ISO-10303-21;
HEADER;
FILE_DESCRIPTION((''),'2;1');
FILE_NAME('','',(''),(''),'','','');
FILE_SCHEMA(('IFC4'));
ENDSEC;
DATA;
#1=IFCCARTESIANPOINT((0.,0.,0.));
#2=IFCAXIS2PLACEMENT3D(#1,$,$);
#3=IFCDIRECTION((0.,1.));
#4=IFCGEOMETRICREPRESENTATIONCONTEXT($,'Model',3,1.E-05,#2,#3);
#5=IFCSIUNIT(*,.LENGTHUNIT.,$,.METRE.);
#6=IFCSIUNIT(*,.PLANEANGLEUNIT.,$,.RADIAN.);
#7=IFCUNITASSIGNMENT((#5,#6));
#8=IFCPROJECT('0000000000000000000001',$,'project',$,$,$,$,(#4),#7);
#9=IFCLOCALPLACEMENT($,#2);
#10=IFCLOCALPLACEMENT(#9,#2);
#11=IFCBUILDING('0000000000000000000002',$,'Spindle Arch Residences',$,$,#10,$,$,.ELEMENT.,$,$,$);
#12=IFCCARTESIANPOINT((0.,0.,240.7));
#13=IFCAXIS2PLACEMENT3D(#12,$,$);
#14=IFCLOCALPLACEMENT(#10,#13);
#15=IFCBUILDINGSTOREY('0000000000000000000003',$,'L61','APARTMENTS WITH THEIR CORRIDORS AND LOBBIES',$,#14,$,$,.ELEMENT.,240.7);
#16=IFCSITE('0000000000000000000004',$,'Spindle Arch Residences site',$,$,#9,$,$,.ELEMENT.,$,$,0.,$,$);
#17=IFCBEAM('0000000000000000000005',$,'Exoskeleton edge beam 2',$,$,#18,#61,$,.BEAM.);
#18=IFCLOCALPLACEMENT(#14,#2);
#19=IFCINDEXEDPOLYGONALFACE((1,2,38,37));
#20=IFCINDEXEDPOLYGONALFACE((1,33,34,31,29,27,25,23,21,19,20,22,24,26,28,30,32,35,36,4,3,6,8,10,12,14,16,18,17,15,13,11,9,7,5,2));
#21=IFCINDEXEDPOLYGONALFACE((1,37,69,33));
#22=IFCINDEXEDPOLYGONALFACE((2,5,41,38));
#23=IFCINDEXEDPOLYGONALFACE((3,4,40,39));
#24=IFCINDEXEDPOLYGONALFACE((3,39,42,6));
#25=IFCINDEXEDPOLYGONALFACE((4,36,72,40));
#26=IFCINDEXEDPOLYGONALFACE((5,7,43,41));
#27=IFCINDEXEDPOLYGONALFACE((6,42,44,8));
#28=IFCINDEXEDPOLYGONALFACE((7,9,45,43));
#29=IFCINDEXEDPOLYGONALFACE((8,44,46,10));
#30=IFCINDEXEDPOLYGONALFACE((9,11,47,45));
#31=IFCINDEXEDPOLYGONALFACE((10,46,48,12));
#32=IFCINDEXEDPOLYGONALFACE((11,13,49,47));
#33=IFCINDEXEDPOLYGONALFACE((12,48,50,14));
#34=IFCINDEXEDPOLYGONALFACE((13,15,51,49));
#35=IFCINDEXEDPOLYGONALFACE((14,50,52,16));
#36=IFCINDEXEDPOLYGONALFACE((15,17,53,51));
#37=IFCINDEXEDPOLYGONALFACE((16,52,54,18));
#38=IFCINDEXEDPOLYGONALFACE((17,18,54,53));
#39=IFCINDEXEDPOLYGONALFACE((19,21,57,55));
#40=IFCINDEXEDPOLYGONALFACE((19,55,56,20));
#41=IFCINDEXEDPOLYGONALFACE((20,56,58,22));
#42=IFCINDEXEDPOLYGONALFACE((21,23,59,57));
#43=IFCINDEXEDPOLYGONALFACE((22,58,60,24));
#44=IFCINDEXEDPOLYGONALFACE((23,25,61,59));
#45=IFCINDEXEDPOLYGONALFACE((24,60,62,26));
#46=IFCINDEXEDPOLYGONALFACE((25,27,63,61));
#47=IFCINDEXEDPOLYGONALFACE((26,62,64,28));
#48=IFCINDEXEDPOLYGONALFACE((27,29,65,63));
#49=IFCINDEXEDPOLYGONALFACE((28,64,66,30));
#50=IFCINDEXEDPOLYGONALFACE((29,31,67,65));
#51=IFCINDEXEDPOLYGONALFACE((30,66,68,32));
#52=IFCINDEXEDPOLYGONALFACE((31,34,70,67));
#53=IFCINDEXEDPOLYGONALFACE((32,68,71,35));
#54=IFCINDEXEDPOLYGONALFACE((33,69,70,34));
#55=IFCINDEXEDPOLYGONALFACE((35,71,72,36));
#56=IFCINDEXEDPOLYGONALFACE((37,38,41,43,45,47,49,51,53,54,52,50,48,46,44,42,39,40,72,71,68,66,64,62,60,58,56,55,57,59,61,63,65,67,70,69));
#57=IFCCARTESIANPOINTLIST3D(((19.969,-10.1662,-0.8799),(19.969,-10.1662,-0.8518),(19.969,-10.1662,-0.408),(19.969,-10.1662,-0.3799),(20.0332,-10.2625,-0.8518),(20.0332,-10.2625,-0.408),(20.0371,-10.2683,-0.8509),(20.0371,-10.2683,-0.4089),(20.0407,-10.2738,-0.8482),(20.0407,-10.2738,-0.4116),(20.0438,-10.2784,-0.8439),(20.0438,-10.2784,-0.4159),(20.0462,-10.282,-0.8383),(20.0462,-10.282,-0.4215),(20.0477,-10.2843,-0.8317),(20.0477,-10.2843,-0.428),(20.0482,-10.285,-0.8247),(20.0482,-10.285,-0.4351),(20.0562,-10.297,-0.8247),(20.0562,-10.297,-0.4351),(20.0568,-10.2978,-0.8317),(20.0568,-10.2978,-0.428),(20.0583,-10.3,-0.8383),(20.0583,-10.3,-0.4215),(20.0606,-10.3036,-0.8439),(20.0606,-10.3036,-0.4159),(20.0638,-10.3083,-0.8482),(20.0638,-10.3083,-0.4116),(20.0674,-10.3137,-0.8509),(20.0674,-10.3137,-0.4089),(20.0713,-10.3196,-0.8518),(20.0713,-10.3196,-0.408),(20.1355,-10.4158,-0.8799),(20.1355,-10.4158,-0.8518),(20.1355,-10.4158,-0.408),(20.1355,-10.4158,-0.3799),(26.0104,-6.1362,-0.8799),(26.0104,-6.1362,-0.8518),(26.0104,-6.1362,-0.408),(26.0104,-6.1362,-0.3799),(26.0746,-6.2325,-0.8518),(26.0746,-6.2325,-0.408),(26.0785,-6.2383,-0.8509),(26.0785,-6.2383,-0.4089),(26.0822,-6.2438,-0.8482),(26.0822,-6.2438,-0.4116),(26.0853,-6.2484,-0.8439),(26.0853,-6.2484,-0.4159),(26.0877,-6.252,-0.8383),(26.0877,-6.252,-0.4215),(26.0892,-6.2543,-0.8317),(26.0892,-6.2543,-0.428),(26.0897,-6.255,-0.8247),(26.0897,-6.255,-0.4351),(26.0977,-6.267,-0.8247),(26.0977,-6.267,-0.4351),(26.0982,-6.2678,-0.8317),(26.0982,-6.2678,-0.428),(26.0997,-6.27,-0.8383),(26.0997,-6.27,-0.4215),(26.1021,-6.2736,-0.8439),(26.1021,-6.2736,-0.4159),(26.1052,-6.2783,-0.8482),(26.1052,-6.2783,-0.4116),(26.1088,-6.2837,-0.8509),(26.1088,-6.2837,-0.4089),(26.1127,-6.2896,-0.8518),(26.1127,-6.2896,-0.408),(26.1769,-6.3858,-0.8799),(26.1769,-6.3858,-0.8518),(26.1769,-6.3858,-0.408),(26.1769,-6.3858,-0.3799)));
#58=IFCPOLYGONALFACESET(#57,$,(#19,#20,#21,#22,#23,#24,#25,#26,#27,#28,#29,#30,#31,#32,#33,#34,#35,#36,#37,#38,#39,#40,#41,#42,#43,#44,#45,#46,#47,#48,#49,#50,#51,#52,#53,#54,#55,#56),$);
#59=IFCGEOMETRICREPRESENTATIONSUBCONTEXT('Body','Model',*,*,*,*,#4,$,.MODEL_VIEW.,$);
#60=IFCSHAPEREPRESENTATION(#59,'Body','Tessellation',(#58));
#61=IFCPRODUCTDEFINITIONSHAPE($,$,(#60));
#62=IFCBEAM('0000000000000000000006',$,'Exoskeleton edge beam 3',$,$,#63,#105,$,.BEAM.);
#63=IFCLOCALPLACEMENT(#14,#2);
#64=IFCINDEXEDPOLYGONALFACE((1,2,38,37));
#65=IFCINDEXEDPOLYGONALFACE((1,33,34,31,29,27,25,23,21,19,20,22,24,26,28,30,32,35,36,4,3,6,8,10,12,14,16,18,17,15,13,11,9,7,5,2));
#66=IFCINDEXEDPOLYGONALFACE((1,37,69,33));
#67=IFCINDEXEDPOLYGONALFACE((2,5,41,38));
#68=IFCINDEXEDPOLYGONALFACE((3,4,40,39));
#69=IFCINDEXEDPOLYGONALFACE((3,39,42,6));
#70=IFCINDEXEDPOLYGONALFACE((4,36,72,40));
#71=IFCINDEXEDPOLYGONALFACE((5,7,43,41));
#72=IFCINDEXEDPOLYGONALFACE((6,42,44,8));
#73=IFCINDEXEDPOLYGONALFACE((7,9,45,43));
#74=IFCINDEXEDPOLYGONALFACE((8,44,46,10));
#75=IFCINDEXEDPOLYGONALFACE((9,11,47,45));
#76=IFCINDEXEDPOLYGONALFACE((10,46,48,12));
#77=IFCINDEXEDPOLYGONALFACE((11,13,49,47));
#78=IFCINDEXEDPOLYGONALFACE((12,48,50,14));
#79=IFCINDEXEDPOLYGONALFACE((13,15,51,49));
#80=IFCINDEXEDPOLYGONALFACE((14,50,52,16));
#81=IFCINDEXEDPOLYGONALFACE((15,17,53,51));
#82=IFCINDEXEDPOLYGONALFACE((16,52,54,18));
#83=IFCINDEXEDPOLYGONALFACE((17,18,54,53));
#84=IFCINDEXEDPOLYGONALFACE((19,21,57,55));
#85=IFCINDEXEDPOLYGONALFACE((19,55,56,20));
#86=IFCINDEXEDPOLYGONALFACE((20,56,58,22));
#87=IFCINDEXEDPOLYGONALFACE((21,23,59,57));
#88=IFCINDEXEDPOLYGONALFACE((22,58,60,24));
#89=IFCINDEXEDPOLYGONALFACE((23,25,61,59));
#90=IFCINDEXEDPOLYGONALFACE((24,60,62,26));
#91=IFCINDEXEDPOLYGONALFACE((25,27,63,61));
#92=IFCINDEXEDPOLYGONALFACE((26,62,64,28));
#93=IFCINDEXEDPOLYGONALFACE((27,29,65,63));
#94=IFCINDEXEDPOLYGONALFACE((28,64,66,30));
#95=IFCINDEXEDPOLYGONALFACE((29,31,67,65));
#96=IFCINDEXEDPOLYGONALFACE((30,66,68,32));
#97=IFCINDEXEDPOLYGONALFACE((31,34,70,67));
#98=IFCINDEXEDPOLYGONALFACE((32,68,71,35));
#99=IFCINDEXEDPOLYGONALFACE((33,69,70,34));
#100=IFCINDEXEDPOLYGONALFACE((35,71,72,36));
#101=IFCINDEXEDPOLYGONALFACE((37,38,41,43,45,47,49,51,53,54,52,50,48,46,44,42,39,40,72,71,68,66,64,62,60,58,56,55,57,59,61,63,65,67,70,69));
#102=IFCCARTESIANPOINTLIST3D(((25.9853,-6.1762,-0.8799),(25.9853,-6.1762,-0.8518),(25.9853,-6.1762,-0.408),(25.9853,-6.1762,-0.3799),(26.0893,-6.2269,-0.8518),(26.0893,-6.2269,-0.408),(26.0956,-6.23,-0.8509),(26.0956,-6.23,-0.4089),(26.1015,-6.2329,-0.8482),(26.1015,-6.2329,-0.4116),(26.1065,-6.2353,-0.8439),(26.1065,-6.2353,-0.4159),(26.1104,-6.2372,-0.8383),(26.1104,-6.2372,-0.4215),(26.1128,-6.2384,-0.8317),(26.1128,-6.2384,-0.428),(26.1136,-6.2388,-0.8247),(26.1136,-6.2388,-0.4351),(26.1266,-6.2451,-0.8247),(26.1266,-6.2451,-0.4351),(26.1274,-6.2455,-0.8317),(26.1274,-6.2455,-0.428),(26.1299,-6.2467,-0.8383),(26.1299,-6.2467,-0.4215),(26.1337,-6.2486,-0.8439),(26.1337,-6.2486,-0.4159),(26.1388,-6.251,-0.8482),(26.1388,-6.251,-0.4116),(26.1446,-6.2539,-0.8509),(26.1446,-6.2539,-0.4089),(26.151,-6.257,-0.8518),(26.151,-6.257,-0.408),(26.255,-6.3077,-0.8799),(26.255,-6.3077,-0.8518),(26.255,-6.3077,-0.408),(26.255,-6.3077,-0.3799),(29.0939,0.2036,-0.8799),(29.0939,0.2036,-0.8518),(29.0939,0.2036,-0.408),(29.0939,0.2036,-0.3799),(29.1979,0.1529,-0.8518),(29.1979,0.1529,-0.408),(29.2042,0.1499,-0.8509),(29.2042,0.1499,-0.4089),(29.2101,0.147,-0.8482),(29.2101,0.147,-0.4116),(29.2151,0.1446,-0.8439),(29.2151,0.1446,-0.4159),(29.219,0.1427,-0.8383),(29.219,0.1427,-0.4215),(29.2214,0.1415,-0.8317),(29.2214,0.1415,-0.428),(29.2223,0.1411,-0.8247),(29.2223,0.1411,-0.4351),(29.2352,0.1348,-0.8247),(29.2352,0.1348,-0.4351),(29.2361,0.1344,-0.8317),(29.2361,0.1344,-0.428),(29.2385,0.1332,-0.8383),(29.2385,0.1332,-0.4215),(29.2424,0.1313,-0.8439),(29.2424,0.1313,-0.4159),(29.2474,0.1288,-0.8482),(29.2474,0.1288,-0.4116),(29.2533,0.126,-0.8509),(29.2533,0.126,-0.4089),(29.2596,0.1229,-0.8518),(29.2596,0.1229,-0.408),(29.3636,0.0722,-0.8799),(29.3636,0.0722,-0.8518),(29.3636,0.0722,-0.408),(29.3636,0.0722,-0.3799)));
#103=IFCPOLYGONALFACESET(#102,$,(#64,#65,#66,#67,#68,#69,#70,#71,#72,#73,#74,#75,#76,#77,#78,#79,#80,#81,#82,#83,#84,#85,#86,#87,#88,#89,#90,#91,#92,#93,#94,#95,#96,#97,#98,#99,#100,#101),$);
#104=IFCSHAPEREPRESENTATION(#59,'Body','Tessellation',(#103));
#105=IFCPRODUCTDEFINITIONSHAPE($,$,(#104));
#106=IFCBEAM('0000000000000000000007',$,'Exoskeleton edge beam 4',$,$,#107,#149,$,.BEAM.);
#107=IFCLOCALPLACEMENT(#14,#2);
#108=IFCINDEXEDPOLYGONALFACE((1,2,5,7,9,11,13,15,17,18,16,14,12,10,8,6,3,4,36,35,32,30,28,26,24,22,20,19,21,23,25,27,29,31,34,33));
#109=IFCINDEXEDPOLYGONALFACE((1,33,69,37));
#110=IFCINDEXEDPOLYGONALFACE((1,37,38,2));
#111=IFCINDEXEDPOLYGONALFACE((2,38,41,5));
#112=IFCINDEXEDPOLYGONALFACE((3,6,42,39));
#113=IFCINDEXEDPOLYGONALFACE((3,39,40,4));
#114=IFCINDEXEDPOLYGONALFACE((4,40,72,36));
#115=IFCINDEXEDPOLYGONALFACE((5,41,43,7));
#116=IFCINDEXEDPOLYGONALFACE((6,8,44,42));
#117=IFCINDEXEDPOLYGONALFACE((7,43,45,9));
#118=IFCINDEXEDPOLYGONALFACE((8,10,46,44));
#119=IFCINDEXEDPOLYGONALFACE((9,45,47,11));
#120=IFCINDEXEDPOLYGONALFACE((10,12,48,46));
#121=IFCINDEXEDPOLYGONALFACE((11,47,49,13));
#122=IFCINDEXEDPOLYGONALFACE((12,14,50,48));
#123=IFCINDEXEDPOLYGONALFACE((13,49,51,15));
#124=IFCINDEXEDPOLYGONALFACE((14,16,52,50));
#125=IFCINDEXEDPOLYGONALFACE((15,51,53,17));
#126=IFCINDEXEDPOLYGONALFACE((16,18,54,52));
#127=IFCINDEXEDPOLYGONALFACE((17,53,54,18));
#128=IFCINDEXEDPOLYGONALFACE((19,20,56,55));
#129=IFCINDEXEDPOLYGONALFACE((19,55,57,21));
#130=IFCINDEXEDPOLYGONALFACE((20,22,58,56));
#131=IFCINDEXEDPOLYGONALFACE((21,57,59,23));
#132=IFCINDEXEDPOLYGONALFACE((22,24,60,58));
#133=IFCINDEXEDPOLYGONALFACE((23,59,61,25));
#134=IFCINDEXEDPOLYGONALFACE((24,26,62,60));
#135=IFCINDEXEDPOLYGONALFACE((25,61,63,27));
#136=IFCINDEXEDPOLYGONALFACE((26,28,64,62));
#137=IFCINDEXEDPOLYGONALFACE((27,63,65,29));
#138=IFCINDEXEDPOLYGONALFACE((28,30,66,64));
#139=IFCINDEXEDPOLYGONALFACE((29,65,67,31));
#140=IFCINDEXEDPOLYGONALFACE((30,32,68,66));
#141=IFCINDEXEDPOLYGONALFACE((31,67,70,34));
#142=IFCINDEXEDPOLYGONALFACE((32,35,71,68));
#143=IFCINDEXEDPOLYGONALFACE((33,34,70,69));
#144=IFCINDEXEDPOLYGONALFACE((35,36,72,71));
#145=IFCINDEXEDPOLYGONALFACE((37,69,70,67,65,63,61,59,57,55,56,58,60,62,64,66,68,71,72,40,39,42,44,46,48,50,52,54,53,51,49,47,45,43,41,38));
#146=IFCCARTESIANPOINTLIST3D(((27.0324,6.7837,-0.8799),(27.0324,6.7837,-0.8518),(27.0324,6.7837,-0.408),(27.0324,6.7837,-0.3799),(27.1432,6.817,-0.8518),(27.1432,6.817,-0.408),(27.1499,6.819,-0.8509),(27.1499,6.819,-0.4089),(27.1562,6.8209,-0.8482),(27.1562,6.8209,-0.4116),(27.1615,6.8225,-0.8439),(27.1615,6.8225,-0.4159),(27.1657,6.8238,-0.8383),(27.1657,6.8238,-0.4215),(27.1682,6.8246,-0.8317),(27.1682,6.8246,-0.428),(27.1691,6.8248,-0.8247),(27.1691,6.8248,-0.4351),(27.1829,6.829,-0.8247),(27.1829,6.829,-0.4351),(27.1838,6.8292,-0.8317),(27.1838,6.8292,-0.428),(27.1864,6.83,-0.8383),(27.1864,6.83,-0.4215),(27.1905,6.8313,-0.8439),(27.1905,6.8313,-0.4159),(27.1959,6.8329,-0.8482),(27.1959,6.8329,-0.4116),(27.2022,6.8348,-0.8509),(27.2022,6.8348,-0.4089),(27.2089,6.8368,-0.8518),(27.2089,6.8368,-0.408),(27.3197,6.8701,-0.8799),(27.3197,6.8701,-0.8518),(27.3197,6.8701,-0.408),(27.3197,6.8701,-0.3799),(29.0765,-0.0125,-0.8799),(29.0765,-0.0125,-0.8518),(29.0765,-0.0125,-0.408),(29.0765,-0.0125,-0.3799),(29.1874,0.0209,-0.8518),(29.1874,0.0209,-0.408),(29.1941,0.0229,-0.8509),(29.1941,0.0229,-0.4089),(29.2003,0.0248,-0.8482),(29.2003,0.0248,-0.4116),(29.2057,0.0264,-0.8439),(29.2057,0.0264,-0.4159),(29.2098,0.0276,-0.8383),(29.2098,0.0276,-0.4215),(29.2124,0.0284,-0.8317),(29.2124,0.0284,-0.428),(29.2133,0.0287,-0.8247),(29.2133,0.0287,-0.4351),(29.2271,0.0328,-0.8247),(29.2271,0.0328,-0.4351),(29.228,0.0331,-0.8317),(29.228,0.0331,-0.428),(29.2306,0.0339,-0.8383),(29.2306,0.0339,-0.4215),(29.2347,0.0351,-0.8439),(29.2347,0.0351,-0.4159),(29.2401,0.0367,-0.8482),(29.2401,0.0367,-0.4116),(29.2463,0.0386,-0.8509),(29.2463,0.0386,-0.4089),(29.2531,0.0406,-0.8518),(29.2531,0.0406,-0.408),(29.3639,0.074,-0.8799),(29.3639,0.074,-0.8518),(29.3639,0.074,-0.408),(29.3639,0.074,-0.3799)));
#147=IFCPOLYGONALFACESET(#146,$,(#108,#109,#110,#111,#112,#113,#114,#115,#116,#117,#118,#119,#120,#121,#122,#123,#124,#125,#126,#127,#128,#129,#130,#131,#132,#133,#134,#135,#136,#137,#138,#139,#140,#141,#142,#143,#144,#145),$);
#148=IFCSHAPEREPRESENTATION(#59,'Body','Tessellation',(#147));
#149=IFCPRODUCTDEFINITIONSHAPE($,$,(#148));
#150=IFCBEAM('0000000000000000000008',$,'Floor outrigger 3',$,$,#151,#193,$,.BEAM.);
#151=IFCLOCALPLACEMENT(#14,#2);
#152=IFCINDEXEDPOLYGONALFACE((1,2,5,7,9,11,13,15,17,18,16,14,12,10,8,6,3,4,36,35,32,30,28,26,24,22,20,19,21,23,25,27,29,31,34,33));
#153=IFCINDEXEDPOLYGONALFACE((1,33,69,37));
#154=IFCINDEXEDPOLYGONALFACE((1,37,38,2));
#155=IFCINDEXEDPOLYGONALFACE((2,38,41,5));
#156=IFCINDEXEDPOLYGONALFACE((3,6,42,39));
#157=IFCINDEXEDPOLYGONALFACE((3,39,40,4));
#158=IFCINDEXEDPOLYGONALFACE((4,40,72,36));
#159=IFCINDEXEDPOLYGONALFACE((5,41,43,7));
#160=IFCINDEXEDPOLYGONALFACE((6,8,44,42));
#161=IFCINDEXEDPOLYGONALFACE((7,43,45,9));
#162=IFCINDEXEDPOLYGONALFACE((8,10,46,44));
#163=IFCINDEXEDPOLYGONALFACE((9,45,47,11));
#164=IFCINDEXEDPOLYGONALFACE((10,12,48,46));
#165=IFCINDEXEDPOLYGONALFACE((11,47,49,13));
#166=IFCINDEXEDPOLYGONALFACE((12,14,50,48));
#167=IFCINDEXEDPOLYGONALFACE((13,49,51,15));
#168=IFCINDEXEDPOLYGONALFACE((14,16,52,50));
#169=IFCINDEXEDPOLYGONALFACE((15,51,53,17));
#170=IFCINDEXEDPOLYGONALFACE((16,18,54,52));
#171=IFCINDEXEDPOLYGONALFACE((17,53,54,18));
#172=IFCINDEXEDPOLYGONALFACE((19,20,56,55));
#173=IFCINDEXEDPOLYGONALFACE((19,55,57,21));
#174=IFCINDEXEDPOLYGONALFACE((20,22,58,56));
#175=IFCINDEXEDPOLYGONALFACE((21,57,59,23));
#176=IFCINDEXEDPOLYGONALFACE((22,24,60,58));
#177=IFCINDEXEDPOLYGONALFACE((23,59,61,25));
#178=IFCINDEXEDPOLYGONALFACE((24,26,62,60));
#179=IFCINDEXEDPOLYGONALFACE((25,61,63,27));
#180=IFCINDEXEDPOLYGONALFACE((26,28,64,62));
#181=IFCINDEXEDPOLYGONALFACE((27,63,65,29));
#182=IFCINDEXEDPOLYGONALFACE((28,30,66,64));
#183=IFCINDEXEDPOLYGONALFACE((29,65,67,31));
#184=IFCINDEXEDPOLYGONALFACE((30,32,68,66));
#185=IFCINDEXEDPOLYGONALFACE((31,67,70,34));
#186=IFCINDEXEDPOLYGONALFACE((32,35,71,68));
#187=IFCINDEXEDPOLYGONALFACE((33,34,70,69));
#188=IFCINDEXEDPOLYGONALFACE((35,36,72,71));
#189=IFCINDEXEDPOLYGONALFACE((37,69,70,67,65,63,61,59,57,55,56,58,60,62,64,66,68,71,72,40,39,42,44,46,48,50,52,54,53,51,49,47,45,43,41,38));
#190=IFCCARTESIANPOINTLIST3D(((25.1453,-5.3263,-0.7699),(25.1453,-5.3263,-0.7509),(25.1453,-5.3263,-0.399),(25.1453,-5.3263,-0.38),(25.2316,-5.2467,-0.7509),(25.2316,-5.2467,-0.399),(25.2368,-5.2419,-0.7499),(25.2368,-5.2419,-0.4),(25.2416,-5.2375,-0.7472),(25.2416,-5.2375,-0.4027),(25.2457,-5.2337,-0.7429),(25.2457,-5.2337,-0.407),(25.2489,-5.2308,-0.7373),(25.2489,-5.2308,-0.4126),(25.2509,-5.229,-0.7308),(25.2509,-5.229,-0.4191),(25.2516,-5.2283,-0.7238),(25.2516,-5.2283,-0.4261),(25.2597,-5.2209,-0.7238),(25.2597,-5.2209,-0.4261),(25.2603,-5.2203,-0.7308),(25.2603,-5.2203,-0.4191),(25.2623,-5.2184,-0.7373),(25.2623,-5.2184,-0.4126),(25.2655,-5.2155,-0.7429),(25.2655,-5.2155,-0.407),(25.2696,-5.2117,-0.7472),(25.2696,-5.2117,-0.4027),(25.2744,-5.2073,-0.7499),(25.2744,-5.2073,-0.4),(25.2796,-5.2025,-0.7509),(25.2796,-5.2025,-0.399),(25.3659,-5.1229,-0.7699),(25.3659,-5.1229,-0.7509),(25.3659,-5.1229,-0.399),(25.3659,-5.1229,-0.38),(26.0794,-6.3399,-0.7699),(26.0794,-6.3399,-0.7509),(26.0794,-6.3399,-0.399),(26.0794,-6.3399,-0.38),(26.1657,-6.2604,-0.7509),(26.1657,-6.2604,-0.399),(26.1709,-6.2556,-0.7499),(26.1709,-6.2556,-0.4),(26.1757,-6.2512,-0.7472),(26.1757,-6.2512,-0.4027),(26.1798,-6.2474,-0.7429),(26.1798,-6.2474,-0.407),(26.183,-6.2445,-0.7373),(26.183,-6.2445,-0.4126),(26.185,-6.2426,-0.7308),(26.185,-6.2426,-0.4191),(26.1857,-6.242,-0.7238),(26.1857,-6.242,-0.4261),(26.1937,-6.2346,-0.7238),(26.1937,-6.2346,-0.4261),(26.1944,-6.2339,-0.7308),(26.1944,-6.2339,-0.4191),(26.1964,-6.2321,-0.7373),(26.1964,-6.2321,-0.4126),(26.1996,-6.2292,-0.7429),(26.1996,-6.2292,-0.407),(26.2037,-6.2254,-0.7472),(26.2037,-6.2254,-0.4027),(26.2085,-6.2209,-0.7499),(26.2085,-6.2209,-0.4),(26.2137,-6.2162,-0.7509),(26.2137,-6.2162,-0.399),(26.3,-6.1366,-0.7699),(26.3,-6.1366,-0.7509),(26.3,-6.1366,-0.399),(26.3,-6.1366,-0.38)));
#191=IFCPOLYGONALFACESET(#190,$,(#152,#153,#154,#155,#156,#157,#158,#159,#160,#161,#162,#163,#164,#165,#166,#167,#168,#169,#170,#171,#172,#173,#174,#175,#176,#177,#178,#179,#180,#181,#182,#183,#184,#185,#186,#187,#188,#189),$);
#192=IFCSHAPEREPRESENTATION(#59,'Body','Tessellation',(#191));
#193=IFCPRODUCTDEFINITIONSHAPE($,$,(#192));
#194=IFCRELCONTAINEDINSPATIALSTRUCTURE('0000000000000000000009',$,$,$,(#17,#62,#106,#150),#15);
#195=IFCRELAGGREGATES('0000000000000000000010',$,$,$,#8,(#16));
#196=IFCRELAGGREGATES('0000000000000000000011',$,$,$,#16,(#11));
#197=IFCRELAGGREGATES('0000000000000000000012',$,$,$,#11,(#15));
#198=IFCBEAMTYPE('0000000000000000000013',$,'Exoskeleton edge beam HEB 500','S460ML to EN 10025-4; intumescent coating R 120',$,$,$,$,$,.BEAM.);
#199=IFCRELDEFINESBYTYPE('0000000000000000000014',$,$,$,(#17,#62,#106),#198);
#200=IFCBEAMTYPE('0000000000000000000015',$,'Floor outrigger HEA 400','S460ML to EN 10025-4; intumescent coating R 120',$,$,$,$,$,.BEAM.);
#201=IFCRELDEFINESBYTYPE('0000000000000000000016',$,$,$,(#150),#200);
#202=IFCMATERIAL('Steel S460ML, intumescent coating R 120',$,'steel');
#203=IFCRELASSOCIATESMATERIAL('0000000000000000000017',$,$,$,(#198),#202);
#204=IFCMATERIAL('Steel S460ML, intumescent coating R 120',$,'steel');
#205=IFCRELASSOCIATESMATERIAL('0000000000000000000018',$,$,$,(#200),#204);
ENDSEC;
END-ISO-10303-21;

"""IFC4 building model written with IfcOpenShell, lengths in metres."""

from ifc_helpers import new_model, si_unit, direction, frame, origin, origin_2d, place, context, subcontext, project, spatial, i_section, extrude, material, material_profile, profile_set, type_object, element, save


model = new_model("IFC4")

# Units and contexts
model_context = context("Model", 3, precision=1e-05, world=origin(), true_north=direction((0.0, 1.0)))
body_context = subcontext(model_context, "Body", "Model", "MODEL_VIEW")
ifc_project = project(units=[si_unit("LENGTHUNIT", "METRE"), si_unit("PLANEANGLEUNIT", "RADIAN")], contexts=[model_context])

# Site, building, storey
site_placement = place(None, origin())
site = spatial("IfcSite", under=ifc_project, at=site_placement, Name="Spindle Arch Residences site", CompositionType="ELEMENT", RefElevation=0.0)
building_placement = place(site_placement, origin())
building = spatial("IfcBuilding", under=site, at=building_placement, Name="Spindle Arch Residences", CompositionType="ELEMENT")
storey_placement = place(building_placement, frame((0.0, 0.0, 240.7)))
storey = spatial("IfcBuildingStorey", under=building, at=storey_placement, Name="L61", Description="APARTMENTS WITH THEIR CORRIDORS AND LOBBIES", CompositionType="ELEMENT", Elevation=240.7)

# Beams
ifc_material_1 = material(Name="Steel S460ML, intumescent coating R 120", Category="steel")
ifc_material_profile_1 = material_profile(ifc_material_1, i_section(OverallWidth=0.3, OverallDepth=0.5, WebThickness=0.0144, FlangeThickness=0.0281, FilletRadius=0.0271, at=origin_2d()), Name="HEB 500")
ifc_profile_set_1 = profile_set([ifc_material_profile_1], Name="Steel S460ML, intumescent coating R 120")
beam_type_1 = type_object("IfcBeamType", Name="Exoskeleton edge beam HEB 500", Description="S460ML to EN 10025-4; intumescent coating R 120", PredefinedType="BEAM", material=ifc_profile_set_1)
beam_1_placement = place(storey_placement, frame((20.0522, -10.291, -0.6299), z_axis=(0.8319, 0.554925, 0.0), x_axis=(-0.554925, 0.8319, 0.0)))
element("IfcBeam", 1, at=beam_1_placement, inside=storey, type_object=beam_type_1, Name="Exoskeleton edge beam 2", PredefinedType="BEAM", context=body_context, shape_type="SweptSolid", body=[
    extrude(i_section(OverallWidth=0.3, OverallDepth=0.5, WebThickness=0.0144, FlangeThickness=0.0281, FilletRadius=0.0271, at=origin_2d()), origin(), (0.0, 0.0, 1.0), 7.2622),
])
for number, where, z_axis, x_axis, name in (
    (2, (26.1201, -6.2419, -0.6299), (0.438026, 0.898962, 0.0), (-0.898962, 0.438026, 0.0), "Exoskeleton edge beam 3"),
    (3, (29.2202, 0.0308, -0.6299), (-0.288039, 0.957619, 0.0), (-0.957619, -0.288039, 0.0), "Exoskeleton edge beam 4"),
):
    element("IfcBeam", number, at=place(storey_placement, frame(where, z_axis=z_axis, x_axis=x_axis)), inside=storey, type_object=beam_type_1, Name=name, PredefinedType="BEAM", context=body_context, shape_type="SweptSolid", body=[
        extrude(i_section(OverallWidth=0.3, OverallDepth=0.5, WebThickness=0.0144, FlangeThickness=0.0281, FilletRadius=0.0271, at=origin_2d()), origin(), (0.0, 0.0, 1.0), 7.0969),
    ])
ifc_material_2 = material(Name="Steel S460ML, intumescent coating R 120", Category="steel")
ifc_material_profile_2 = material_profile(ifc_material_2, i_section(OverallWidth=0.3, OverallDepth=0.3899, WebThickness=0.011, FlangeThickness=0.019, FilletRadius=0.0271, at=origin_2d()), Name="HEA 400")
ifc_profile_set_2 = profile_set([ifc_material_profile_2], Name="Steel S460ML, intumescent coating R 120")
beam_type_2 = type_object("IfcBeamType", Name="Floor outrigger HEA 400", Description="S460ML to EN 10025-4; intumescent coating R 120", PredefinedType="BEAM", material=ifc_profile_set_2)
beam_2_placement = place(storey_placement, frame((26.1897, -6.2383, -0.575), z_axis=(-0.677647, 0.735387, 0.0), x_axis=(-0.735387, -0.677647, 0.0)))
element("IfcBeam", 4, at=beam_2_placement, inside=storey, type_object=beam_type_2, Name="Floor outrigger 3", PredefinedType="BEAM", context=body_context, shape_type="SweptSolid", body=[
    extrude(i_section(OverallWidth=0.3, OverallDepth=0.3899, WebThickness=0.011, FlangeThickness=0.019, FilletRadius=0.0271, at=origin_2d()), origin(), (0.0, 0.0, 1.0), 1.3784),
])

save(model, "model.ifc")
